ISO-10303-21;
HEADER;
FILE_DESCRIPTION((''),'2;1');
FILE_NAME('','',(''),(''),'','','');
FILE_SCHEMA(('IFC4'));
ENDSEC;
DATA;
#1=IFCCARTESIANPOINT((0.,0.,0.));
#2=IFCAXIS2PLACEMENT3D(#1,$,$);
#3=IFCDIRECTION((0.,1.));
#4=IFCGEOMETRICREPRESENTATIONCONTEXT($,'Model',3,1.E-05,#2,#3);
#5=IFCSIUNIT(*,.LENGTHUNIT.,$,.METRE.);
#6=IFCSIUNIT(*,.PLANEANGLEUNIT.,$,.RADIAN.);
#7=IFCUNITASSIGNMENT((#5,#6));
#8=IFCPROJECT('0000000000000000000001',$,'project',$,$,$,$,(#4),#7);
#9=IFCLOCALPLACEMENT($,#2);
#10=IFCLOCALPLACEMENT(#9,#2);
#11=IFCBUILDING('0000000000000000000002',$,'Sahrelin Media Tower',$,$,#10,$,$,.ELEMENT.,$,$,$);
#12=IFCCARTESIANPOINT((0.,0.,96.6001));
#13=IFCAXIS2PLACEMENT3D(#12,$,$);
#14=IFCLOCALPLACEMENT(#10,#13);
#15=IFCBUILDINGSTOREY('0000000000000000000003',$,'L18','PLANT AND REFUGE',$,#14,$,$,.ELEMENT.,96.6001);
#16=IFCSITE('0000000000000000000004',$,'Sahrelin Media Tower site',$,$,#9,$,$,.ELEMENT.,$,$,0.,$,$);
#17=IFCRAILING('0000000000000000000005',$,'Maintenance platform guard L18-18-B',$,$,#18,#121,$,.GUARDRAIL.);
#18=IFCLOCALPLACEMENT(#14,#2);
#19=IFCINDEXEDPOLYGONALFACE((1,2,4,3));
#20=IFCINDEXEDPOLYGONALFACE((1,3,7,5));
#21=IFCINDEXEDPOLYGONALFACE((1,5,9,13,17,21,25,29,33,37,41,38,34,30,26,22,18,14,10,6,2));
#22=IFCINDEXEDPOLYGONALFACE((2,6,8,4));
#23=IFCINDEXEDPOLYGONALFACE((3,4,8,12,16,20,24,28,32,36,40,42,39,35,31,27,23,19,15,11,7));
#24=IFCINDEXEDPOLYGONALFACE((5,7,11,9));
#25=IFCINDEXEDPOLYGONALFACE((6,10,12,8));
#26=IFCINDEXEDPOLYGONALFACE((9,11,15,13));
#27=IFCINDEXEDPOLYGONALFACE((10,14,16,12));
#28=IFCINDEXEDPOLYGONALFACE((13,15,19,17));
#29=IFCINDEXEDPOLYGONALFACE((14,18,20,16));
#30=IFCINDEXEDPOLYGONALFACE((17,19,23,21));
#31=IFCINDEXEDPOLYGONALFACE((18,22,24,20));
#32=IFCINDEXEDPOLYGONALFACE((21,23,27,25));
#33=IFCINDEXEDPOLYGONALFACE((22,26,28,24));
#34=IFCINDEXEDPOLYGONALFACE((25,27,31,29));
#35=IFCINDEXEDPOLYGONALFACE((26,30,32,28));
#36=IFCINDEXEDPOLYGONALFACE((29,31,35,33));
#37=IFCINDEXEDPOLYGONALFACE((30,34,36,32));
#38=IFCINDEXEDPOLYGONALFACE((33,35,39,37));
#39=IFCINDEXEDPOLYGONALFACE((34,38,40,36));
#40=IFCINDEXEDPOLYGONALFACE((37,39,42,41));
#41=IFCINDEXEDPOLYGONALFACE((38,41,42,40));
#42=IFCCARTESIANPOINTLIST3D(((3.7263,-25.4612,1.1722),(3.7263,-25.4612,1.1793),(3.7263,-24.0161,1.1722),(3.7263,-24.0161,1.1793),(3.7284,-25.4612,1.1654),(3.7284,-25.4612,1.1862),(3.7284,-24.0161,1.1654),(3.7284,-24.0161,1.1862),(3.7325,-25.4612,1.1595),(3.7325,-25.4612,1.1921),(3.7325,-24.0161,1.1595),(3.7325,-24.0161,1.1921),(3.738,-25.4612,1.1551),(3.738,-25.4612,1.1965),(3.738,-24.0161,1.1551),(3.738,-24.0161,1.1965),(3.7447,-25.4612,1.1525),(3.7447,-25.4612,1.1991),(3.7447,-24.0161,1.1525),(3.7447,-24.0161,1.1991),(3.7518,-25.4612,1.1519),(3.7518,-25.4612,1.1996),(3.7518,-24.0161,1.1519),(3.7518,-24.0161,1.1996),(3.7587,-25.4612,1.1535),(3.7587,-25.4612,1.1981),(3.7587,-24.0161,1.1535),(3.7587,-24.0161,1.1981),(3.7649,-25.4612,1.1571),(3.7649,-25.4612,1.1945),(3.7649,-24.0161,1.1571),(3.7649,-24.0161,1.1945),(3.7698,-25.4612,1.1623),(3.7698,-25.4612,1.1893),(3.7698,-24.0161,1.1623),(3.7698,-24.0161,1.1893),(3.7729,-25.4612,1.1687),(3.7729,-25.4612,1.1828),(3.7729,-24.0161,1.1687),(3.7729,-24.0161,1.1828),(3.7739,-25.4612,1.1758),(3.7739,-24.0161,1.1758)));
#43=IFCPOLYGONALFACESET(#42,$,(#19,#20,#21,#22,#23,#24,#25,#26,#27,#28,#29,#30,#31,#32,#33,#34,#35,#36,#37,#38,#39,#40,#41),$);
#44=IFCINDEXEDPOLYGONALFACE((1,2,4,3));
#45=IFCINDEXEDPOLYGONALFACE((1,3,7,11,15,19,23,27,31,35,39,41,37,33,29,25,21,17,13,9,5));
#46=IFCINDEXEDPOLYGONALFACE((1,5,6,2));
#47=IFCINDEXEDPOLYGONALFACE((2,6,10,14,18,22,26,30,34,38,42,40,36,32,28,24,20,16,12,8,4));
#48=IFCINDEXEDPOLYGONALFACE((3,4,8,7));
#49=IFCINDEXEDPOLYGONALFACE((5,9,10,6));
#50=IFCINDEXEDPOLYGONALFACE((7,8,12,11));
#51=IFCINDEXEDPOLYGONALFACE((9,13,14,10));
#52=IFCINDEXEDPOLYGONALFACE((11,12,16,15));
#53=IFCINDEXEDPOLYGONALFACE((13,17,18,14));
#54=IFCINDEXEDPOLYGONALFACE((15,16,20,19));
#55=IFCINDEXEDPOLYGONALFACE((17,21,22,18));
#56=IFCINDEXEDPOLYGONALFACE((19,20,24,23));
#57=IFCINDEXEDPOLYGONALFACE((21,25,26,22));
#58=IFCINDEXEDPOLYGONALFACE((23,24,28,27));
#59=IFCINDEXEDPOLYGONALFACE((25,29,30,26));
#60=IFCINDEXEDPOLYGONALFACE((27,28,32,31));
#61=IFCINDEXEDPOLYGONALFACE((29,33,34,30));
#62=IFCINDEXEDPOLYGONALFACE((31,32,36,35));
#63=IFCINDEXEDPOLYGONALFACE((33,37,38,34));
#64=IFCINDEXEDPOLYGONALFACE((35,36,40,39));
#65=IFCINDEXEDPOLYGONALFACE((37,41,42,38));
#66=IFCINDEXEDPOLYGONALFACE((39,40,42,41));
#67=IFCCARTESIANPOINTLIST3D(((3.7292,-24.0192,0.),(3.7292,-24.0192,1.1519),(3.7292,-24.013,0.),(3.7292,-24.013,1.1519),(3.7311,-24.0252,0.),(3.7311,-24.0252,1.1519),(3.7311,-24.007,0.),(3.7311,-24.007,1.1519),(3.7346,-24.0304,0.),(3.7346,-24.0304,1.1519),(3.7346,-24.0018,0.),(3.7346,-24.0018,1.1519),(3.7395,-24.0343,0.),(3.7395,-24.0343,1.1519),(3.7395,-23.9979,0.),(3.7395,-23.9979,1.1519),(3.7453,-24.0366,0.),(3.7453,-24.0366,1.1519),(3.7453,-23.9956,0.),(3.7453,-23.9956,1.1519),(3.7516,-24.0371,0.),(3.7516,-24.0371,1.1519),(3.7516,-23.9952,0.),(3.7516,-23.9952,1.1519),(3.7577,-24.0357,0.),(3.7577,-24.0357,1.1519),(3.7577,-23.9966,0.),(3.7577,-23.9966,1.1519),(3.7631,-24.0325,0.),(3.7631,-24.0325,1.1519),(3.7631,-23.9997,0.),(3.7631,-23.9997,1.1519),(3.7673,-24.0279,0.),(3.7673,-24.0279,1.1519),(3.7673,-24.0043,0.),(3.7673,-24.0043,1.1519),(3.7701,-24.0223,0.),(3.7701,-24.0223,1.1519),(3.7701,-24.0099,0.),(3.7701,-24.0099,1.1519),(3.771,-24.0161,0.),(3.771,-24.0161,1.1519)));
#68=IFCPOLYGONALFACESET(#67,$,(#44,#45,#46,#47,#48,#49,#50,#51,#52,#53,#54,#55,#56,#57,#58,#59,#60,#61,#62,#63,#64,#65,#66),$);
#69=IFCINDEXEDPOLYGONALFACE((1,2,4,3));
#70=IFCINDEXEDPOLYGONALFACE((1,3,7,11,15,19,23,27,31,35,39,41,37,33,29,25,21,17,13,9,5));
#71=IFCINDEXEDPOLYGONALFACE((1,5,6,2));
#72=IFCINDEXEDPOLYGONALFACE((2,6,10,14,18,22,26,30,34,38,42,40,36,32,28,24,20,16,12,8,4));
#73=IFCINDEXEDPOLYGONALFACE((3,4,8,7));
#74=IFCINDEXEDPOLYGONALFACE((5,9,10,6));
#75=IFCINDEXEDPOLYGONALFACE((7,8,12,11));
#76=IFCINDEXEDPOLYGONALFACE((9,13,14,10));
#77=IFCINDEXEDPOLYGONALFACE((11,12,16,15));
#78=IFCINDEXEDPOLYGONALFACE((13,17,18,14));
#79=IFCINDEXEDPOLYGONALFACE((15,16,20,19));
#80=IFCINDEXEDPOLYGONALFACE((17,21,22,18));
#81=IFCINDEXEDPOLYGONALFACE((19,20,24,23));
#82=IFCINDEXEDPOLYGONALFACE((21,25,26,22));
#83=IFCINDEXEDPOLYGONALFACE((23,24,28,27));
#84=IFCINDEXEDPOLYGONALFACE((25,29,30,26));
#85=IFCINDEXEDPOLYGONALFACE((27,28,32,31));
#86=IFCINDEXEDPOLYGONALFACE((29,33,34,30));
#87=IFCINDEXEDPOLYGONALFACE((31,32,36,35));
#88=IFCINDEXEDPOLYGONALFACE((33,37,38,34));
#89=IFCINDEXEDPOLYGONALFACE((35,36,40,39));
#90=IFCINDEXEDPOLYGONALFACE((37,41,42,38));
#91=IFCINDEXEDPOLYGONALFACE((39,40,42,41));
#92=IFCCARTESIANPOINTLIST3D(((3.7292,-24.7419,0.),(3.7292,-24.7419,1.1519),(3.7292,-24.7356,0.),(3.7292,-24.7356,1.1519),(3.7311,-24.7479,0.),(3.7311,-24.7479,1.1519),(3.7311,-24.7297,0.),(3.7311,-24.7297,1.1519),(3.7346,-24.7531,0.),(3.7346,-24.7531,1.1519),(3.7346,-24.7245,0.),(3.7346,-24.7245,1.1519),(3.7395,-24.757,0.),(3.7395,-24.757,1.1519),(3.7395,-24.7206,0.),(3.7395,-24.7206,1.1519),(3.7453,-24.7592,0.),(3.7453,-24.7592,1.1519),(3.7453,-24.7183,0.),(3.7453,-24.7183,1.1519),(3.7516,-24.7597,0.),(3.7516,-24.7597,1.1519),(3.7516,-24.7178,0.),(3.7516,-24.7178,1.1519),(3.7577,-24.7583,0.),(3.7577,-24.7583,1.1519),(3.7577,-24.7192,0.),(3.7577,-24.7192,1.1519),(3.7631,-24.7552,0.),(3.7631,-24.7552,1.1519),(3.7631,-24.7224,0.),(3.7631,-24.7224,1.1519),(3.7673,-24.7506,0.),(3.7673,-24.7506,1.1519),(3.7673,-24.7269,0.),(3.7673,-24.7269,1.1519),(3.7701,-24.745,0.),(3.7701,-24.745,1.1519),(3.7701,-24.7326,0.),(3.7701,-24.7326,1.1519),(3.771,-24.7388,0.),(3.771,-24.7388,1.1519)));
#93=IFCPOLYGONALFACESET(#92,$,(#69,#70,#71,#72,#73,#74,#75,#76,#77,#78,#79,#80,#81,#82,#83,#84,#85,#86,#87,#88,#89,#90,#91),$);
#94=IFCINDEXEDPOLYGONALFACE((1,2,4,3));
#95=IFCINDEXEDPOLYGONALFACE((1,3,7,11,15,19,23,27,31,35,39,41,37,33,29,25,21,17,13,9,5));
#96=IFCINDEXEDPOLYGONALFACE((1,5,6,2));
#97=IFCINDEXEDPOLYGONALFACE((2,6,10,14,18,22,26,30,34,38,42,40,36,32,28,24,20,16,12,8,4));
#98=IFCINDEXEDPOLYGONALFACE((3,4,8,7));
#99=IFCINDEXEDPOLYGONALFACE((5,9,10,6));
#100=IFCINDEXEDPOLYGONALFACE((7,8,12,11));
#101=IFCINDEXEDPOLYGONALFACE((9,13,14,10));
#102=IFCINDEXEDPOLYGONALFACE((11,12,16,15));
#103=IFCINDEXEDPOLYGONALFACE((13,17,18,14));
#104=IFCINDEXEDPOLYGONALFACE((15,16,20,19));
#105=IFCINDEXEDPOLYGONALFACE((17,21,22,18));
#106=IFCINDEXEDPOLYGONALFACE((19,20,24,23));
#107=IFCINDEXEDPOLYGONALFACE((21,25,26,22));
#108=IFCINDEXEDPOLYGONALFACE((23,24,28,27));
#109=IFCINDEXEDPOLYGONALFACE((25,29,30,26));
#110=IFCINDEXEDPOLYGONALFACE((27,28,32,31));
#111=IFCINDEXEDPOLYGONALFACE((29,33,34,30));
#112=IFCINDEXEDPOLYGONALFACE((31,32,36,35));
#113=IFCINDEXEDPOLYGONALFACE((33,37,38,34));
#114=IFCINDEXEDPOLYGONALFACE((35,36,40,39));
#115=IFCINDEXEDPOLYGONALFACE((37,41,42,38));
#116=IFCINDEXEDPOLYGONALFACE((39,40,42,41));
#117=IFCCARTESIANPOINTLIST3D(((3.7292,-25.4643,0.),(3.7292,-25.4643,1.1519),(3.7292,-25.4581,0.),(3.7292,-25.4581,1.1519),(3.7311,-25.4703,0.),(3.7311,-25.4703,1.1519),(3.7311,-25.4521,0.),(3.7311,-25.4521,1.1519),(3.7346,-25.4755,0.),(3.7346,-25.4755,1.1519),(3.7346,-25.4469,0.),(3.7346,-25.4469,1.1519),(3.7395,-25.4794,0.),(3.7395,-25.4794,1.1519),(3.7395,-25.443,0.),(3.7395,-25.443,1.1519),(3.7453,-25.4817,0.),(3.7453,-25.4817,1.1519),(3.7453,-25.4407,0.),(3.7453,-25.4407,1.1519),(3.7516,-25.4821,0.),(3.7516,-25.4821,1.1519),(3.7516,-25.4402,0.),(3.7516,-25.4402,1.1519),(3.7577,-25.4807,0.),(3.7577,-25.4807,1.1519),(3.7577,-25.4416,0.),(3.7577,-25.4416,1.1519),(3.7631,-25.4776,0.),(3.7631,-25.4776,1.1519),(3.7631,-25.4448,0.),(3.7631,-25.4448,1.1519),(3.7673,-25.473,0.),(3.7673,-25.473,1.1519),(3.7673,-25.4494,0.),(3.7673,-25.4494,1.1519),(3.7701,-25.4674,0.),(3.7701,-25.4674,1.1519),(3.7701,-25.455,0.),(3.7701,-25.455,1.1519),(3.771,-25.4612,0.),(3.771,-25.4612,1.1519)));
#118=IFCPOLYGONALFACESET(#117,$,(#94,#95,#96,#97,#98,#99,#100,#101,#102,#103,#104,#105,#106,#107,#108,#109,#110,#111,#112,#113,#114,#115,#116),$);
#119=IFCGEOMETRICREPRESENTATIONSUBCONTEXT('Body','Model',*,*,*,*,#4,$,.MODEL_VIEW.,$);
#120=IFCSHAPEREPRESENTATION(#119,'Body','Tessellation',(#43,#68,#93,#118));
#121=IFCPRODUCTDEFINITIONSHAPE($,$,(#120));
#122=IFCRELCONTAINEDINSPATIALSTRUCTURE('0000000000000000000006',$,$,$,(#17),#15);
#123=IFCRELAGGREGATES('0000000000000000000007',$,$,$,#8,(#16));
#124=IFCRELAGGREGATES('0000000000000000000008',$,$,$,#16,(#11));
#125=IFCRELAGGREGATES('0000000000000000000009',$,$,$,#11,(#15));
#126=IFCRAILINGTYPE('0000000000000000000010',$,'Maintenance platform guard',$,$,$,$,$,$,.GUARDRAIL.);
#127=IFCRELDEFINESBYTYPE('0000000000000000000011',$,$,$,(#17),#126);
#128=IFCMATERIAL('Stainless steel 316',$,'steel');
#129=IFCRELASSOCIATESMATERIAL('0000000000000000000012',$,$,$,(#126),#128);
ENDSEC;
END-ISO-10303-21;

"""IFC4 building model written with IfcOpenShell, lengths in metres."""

from ifc_helpers import new_model, si_unit, direction, frame, origin, origin_2d, place, context, subcontext, project, spatial, circle, extrude, material, type_object, element, save


model = new_model("IFC4")

# Units and contexts
model_context = context("Model", 3, precision=1e-05, world=origin(), true_north=direction((0.0, 1.0)))
body_context = subcontext(model_context, "Body", "Model", "MODEL_VIEW")
ifc_project = project(units=[si_unit("LENGTHUNIT", "METRE"), si_unit("PLANEANGLEUNIT", "RADIAN")], contexts=[model_context])

# Site, building, storey
site_placement = place(None, origin())
site = spatial("IfcSite", under=ifc_project, at=site_placement, Name="Sahrelin Media Tower site", CompositionType="ELEMENT", RefElevation=0.0)
building_placement = place(site_placement, origin())
building = spatial("IfcBuilding", under=site, at=building_placement, Name="Sahrelin Media Tower", CompositionType="ELEMENT")
storey_placement = place(building_placement, frame((0.0, 0.0, 96.6001)))
storey = spatial("IfcBuildingStorey", under=building, at=storey_placement, Name="L18", Description="PLANT AND REFUGE", CompositionType="ELEMENT", Elevation=96.6001)

# Railing
ifc_material_1 = material(Name="Stainless steel 316", Category="steel")
railing_type = type_object("IfcRailingType", Name="Maintenance platform guard", PredefinedType="GUARDRAIL", material=ifc_material_1)
for number, where, name in (
    (1, (3.75, -24.0161, 0.0), "Maintenance platform guard L18-18-B"),
):
    element("IfcRailing", number, at=place(storey_placement, frame(where)), inside=storey, type_object=railing_type, Name=name, PredefinedType="GUARDRAIL", context=body_context, shape_type="SweptSolid", body=[
        extrude(circle(Radius=0.0239, at=origin_2d()), frame((0.0, 0.0, 1.1758), z_axis=(0.0, -1.0, 0.0), x_axis=(1.0, 0.0, 0.0)), (0.0, 0.0, 1.0), 1.4451),
        extrude(circle(Radius=0.021, at=origin_2d()), origin(), (0.0, 0.0, 1.0), 1.1519),
        extrude(circle(Radius=0.021, at=origin_2d()), frame((0.0, -0.7227, 0.0)), (0.0, 0.0, 1.0), 1.1519),
        extrude(circle(Radius=0.021, at=origin_2d()), frame((0.0, -1.4451, 0.0)), (0.0, 0.0, 1.0), 1.1519),
    ])

save(model, "model.ifc")
